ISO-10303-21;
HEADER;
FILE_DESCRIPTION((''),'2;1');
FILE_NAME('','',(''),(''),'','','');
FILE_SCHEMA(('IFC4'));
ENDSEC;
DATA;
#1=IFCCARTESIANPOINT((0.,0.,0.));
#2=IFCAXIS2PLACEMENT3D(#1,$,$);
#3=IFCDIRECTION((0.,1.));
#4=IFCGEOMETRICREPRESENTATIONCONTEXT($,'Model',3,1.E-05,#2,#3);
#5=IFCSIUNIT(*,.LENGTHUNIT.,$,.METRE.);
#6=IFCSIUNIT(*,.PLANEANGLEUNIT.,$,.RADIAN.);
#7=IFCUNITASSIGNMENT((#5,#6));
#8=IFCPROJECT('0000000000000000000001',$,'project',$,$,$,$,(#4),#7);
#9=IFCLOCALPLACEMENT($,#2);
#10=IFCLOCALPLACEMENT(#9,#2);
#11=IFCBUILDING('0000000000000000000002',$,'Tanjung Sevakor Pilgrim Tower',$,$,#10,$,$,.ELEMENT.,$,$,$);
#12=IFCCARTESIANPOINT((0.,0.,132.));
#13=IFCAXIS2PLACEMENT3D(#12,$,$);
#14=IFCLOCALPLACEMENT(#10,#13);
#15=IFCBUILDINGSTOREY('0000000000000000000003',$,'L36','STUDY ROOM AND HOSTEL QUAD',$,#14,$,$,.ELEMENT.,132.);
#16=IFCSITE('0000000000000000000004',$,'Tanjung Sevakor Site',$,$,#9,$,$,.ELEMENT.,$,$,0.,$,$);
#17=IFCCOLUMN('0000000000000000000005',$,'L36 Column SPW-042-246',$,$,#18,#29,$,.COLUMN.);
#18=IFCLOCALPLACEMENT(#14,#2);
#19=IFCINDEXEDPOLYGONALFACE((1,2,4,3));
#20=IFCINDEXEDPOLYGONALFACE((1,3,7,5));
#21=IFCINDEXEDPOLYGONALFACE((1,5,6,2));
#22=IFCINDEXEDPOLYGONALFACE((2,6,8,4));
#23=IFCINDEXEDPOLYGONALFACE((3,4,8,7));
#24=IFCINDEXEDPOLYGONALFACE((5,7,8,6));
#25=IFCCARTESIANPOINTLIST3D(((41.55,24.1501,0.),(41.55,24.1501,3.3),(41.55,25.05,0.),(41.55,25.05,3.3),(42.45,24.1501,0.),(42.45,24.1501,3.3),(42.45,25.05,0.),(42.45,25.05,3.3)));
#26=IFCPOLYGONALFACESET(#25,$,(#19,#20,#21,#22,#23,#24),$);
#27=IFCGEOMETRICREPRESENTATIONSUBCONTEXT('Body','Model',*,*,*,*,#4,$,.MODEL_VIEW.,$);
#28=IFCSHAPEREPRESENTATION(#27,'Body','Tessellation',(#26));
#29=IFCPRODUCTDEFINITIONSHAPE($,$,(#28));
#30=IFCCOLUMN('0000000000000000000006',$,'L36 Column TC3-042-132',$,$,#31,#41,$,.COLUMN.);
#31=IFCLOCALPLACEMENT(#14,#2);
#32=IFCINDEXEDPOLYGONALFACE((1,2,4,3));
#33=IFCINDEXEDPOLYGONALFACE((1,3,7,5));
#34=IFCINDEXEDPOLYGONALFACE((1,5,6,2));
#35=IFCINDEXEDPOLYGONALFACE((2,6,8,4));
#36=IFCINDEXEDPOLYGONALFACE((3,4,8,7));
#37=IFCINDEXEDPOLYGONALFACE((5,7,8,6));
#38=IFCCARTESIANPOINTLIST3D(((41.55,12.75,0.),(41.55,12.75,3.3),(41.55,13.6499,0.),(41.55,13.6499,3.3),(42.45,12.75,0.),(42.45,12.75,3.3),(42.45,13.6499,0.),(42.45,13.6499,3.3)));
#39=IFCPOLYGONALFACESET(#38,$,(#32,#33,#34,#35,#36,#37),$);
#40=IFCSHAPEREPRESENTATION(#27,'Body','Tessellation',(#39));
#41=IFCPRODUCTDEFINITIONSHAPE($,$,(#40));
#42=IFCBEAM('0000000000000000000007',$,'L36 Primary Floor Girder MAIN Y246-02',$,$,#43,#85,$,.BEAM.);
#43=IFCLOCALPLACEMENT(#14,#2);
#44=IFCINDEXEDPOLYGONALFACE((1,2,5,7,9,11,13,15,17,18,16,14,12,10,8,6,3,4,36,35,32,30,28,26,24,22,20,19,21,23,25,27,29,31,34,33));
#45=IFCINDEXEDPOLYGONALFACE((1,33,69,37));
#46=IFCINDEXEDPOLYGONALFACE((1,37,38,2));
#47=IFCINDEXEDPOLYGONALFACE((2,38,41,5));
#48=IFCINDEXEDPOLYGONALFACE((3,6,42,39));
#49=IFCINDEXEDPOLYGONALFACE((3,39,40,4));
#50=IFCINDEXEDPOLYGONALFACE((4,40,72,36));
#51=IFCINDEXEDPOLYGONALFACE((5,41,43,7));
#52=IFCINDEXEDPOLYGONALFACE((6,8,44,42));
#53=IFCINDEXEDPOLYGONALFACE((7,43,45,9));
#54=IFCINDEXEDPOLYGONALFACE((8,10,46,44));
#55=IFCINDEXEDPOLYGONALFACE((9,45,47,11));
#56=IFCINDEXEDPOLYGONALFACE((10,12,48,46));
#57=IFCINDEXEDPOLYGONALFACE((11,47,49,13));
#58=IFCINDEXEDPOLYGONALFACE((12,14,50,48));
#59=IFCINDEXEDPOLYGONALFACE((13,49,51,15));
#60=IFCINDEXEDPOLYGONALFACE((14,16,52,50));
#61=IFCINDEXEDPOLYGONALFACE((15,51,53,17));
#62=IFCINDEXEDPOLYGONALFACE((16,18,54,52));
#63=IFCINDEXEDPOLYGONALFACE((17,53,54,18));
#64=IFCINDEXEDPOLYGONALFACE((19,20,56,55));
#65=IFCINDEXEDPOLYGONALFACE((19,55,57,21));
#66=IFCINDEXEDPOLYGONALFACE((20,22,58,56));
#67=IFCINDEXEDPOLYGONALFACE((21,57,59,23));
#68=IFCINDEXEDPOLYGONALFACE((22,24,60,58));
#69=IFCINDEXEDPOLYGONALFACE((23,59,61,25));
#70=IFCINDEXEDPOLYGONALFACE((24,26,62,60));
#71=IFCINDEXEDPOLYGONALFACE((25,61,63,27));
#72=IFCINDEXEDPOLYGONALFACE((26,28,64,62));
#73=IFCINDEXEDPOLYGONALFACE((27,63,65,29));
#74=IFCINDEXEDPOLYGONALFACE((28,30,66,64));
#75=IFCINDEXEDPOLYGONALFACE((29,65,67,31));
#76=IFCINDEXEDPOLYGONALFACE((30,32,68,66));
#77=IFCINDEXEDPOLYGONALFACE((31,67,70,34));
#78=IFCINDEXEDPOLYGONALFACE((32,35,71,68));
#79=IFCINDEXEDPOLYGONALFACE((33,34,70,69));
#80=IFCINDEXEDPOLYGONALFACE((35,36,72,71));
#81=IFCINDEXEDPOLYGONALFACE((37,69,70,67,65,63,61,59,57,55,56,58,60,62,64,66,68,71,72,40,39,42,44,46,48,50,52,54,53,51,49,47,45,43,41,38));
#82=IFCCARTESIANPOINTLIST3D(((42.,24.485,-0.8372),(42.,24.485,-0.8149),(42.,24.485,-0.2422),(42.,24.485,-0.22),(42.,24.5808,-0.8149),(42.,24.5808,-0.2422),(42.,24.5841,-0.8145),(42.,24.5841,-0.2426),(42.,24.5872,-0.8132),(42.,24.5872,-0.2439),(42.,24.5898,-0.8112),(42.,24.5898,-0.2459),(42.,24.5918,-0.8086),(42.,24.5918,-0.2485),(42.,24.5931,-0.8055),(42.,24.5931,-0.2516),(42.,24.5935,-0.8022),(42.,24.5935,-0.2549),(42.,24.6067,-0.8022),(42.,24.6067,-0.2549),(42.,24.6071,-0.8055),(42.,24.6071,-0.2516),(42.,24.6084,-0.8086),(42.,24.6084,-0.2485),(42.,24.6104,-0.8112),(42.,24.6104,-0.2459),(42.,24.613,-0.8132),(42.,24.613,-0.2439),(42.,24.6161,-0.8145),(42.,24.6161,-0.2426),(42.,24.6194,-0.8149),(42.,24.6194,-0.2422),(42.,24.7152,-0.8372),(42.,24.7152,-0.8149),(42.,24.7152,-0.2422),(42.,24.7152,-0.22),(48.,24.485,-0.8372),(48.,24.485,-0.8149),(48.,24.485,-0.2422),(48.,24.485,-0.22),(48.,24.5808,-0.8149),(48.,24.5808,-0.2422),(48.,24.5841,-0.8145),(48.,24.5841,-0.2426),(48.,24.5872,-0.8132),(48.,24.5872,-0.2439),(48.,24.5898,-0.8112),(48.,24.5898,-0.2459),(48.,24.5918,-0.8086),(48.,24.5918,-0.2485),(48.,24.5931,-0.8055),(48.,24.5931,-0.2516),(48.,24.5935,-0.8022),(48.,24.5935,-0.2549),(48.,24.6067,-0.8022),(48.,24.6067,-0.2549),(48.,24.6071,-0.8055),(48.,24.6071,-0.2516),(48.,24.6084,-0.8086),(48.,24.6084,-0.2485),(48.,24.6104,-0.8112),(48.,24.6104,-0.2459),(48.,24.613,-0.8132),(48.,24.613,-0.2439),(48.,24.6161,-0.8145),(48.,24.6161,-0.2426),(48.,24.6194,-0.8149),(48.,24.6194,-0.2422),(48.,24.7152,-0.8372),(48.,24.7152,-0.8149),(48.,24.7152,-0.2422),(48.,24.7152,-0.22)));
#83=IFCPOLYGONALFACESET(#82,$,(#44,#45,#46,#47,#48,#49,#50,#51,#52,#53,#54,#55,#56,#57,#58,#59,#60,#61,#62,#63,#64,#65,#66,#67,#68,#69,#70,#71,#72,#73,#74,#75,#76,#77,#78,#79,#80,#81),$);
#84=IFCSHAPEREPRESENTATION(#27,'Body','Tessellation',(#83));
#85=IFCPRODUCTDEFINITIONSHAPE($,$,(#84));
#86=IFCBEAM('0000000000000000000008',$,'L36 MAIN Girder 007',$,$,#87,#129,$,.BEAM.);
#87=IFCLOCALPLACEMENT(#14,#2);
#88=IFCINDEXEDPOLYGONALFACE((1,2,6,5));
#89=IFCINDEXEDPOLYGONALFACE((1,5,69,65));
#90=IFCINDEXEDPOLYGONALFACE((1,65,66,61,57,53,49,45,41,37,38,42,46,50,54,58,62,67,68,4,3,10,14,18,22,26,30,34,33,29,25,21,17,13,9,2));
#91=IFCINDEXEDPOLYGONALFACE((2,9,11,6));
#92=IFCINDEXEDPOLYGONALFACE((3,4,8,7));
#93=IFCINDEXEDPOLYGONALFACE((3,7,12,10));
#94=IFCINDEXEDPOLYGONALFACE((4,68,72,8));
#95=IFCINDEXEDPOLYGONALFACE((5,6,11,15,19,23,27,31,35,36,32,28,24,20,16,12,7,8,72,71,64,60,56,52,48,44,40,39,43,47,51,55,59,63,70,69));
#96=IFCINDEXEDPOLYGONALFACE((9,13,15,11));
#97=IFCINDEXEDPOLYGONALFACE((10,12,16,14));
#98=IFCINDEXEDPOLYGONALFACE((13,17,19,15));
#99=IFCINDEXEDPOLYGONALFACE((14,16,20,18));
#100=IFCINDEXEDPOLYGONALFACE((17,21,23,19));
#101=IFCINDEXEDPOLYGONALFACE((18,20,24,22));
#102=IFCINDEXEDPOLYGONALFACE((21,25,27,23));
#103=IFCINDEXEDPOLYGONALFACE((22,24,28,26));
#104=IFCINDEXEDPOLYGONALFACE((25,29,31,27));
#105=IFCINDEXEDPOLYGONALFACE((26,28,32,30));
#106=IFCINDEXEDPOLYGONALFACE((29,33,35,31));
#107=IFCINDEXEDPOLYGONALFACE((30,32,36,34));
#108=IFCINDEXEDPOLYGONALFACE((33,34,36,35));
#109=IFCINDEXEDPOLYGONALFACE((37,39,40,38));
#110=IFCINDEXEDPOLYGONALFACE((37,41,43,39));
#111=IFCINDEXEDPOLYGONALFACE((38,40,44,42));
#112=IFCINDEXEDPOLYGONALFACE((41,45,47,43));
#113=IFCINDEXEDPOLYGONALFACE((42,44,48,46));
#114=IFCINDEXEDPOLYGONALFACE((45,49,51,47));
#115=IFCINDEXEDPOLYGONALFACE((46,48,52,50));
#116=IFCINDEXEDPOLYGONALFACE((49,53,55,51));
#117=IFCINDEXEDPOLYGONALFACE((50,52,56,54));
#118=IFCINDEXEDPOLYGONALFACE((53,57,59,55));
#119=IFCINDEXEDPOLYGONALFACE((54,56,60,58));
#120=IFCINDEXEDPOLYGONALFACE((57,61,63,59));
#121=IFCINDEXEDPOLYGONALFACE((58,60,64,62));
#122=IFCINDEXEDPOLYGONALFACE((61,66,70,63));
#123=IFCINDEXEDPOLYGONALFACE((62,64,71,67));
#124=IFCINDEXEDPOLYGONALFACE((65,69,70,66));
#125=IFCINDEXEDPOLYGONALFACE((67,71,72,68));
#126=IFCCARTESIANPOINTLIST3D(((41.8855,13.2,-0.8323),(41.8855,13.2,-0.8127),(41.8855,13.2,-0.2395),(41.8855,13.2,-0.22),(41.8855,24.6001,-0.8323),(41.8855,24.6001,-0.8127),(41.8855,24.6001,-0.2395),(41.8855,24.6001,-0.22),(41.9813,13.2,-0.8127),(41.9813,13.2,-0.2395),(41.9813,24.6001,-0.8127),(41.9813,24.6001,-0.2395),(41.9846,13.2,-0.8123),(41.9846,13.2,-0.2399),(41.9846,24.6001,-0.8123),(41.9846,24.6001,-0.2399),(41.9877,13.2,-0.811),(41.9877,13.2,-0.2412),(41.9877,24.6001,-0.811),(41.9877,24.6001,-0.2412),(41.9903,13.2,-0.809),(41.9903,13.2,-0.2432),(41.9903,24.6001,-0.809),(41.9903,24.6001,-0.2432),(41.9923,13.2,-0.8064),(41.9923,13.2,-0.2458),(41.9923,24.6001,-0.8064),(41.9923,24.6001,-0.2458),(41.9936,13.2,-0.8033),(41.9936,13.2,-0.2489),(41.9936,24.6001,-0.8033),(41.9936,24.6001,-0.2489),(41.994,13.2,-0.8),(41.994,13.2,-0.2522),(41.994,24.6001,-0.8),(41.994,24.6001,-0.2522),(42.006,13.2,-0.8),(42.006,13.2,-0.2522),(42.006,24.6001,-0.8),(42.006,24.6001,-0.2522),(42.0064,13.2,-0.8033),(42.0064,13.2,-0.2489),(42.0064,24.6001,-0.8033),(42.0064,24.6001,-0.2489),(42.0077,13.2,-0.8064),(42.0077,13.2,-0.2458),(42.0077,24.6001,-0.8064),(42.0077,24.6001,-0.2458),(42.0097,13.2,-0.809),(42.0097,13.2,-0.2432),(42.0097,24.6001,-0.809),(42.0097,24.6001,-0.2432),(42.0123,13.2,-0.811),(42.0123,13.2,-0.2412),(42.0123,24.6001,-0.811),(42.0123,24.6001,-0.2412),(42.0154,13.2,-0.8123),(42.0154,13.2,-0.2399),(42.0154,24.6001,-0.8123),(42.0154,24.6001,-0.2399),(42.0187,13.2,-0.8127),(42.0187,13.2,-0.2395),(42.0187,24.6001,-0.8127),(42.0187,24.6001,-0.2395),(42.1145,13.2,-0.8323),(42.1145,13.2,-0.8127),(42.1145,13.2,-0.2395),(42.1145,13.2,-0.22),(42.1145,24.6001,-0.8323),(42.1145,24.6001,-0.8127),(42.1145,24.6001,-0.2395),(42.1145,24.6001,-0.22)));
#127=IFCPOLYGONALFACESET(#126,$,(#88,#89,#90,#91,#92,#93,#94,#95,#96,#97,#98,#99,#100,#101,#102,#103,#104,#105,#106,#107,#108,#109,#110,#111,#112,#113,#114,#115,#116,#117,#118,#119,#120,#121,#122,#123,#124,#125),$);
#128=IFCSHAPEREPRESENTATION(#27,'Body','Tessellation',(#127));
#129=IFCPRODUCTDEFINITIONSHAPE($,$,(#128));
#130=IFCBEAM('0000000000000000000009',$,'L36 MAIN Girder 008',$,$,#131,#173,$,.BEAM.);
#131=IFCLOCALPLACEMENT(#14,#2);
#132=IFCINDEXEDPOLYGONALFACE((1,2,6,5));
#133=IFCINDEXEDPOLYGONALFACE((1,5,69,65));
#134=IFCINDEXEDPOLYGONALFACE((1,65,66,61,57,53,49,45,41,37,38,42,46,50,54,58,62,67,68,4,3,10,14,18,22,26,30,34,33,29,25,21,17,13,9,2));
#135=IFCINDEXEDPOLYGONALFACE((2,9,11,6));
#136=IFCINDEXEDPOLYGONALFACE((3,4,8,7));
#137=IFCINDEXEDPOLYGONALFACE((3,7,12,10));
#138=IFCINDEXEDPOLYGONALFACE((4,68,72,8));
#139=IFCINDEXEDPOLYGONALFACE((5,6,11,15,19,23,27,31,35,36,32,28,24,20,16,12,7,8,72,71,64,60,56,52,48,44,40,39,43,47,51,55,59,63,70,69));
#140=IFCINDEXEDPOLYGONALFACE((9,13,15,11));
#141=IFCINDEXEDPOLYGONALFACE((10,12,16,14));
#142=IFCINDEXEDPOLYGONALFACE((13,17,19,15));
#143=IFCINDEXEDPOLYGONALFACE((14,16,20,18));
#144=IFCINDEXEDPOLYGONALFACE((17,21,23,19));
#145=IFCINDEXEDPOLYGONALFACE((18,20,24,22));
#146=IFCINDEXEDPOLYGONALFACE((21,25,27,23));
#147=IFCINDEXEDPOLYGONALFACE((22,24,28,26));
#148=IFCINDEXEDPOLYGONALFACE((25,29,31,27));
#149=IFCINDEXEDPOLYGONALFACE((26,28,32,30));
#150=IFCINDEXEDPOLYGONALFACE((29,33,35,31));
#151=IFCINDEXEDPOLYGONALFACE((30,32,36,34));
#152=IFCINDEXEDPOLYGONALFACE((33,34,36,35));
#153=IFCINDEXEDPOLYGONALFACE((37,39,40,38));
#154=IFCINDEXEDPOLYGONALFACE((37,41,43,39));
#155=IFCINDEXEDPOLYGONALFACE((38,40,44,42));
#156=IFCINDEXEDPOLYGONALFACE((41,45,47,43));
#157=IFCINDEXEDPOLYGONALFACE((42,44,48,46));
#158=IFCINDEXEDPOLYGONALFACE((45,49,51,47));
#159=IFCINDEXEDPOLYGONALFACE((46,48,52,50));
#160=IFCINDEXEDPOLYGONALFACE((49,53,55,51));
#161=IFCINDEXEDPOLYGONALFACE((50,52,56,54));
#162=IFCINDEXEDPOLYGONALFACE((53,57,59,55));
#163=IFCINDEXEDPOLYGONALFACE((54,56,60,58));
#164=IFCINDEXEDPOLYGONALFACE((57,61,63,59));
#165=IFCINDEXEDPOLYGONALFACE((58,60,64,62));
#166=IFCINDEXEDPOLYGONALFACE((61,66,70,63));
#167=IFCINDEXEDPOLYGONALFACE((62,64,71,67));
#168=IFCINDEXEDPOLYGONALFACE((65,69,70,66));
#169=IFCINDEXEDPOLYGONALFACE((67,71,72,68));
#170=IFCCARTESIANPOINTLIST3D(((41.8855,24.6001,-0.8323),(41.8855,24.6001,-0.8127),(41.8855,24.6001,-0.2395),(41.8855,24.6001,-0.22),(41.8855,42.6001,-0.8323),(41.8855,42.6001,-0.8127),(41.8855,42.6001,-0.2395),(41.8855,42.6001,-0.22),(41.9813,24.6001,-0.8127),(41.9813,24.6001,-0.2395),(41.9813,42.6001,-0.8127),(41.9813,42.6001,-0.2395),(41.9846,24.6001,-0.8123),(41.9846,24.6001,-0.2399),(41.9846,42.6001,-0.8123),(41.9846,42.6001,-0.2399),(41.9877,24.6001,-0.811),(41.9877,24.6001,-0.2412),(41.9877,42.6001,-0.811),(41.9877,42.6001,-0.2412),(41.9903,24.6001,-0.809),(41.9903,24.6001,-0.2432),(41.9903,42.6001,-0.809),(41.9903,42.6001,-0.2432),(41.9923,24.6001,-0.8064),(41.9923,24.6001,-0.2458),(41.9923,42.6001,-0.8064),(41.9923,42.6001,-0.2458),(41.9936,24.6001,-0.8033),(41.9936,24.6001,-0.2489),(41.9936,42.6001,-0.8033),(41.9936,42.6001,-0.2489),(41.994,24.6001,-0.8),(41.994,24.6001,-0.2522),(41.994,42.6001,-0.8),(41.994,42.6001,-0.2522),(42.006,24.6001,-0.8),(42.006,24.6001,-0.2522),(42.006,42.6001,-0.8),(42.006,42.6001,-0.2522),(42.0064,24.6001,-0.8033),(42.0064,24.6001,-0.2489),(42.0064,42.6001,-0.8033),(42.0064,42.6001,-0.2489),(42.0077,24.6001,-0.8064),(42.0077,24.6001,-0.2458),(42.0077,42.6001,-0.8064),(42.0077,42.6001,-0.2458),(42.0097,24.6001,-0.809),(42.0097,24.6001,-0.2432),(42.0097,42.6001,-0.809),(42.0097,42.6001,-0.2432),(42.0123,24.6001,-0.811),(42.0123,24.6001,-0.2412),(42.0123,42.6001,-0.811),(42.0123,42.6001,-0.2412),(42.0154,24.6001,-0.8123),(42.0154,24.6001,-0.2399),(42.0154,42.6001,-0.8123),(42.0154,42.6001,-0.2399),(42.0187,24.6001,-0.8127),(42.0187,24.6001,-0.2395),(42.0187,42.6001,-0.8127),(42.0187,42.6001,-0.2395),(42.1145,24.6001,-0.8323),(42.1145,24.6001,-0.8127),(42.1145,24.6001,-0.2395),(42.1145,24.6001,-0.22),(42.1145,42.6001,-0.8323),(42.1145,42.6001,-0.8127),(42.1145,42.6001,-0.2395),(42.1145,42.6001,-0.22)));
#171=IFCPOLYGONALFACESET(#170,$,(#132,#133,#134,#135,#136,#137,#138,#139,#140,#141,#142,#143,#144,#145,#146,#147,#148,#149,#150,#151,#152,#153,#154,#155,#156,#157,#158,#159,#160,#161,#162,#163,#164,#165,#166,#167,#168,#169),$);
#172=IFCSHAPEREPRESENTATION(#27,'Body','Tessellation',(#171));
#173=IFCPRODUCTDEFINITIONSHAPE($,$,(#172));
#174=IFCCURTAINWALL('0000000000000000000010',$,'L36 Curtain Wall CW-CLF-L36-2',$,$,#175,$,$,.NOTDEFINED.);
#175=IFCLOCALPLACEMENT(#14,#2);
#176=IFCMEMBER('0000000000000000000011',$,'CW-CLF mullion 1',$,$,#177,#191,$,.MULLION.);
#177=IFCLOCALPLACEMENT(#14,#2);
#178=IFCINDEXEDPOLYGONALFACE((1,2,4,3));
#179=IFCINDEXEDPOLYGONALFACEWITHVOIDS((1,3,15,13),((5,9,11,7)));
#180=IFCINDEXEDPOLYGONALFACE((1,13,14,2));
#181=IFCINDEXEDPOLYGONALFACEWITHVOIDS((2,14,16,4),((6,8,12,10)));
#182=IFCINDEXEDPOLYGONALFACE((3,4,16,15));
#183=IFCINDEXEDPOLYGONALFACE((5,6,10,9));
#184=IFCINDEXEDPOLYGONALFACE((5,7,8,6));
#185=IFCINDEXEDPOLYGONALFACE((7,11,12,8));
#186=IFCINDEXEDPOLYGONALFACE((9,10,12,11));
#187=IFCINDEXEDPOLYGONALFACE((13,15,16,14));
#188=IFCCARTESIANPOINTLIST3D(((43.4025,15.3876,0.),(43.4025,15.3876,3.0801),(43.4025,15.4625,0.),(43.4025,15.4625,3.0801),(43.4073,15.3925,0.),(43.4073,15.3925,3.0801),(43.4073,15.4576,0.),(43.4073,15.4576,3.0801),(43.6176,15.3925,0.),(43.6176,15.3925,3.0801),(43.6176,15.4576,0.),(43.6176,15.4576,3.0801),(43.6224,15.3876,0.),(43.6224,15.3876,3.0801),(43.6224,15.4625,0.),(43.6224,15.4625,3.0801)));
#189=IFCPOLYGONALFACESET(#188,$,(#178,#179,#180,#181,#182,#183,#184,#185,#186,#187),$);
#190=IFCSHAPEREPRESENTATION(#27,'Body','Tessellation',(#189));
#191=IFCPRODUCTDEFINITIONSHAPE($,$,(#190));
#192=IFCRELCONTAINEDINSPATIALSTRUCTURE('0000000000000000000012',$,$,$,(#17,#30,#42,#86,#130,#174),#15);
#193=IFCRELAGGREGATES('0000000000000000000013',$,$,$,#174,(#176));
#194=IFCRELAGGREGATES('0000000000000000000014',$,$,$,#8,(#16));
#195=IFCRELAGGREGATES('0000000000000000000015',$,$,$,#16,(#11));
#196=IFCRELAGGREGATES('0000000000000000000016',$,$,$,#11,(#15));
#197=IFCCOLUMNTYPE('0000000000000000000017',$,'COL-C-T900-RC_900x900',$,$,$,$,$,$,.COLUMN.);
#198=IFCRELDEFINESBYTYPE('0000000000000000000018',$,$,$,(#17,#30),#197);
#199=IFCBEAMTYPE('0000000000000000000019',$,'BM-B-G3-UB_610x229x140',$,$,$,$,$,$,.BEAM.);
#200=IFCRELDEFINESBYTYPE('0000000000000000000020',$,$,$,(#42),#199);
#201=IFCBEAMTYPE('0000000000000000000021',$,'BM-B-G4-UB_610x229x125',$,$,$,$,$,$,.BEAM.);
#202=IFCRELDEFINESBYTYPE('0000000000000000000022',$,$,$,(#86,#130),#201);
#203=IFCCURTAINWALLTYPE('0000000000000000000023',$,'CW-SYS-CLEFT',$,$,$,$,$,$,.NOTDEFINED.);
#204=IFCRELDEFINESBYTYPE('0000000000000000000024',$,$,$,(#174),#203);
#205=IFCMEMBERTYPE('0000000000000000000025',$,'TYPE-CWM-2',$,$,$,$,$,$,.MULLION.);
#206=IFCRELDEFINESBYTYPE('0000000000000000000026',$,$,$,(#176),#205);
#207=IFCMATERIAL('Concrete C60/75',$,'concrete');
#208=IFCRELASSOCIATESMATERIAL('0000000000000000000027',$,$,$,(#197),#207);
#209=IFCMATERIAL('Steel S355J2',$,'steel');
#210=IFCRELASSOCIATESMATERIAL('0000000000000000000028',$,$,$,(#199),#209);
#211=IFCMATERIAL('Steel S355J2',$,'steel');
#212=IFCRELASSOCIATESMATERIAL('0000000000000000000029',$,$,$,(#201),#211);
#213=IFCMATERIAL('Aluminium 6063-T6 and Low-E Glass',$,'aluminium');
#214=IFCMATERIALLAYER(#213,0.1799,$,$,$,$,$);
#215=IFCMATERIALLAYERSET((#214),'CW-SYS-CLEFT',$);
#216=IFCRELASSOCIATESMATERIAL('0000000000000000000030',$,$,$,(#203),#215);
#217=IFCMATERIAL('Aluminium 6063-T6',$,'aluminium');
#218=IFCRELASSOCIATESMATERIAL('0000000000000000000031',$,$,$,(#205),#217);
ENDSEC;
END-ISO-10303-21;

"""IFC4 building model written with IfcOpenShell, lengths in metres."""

from ifc_helpers import new_model, si_unit, direction, frame, origin, origin_2d, place, context, subcontext, project, spatial, rectangle, hollow_rectangle, i_section, extrude, material, layer, layer_set, material_profile, profile_set, type_object, element, aggregate, save


model = new_model("IFC4")

# Units and contexts
model_context = context("Model", 3, precision=1e-05, world=origin(), true_north=direction((0.0, 1.0)))
body_context = subcontext(model_context, "Body", "Model", "MODEL_VIEW")
ifc_project = project(units=[si_unit("LENGTHUNIT", "METRE"), si_unit("PLANEANGLEUNIT", "RADIAN")], contexts=[model_context])

# Site, building, storey
site_placement = place(None, origin())
site = spatial("IfcSite", under=ifc_project, at=site_placement, Name="Tanjung Sevakor Site", CompositionType="ELEMENT", RefElevation=0.0)
building_placement = place(site_placement, origin())
building = spatial("IfcBuilding", under=site, at=building_placement, Name="Tanjung Sevakor Pilgrim Tower", CompositionType="ELEMENT")
storey_placement = place(building_placement, frame((0.0, 0.0, 132.0)))
storey = spatial("IfcBuildingStorey", under=building, at=storey_placement, Name="L36", Description="STUDY ROOM AND HOSTEL QUAD", CompositionType="ELEMENT", Elevation=132.0)

# Columns
ifc_material_1 = material(Name="Concrete C60/75", Category="concrete")
ifc_material_profile_1 = material_profile(ifc_material_1, rectangle(XDim=0.8999, YDim=0.8999, at=origin_2d()))
ifc_profile_set_1 = profile_set([ifc_material_profile_1], Name="Concrete C60/75")
column_type = type_object("IfcColumnType", Name="COL-C-T900-RC_900x900", PredefinedType="COLUMN", material=ifc_profile_set_1)
for number, where, z_axis, x_axis, name in (
    (1, (42.0, 24.6001, 0.0), (0.0, 0.0, 1.0), (1.0, 0.0, 0.0), "L36 Column SPW-042-246"),
    (2, (42.0, 13.2, 0.0), (0.0, 0.0, 1.0), (1.0, 0.0, 0.0), "L36 Column TC3-042-132"),
):
    element("IfcColumn", number, at=place(storey_placement, frame(where, z_axis=z_axis, x_axis=x_axis)), inside=storey, type_object=column_type, Name=name, PredefinedType="COLUMN", context=body_context, shape_type="SweptSolid", body=[
        extrude(rectangle(XDim=0.8999, YDim=0.8999, at=origin_2d()), origin(), (0.0, 0.0, 1.0), 3.3),
    ])

# Beams
ifc_material_2 = material(Name="Steel S355J2", Category="steel")
ifc_material_profile_2 = material_profile(ifc_material_2, i_section(OverallWidth=0.2302, OverallDepth=0.6172, WebThickness=0.0132, FlangeThickness=0.0222, FilletRadius=0.0127, at=origin_2d()))
ifc_profile_set_2 = profile_set([ifc_material_profile_2], Name="Steel S355J2")
beam_type_1 = type_object("IfcBeamType", Name="BM-B-G3-UB_610x229x140", PredefinedType="BEAM", material=ifc_profile_set_2)
beam_1_placement = place(storey_placement, frame((42.0, 24.6001, -0.5286), z_axis=(1.0, 0.0, 0.0), x_axis=(0.0, 1.0, 0.0)))
element("IfcBeam", 3, at=beam_1_placement, inside=storey, type_object=beam_type_1, Name="L36 Primary Floor Girder MAIN Y246-02", PredefinedType="BEAM", context=body_context, shape_type="SweptSolid", body=[
    extrude(i_section(OverallWidth=0.2302, OverallDepth=0.6172, WebThickness=0.0132, FlangeThickness=0.0222, FilletRadius=0.0127, at=origin_2d()), origin(), (0.0, 0.0, 1.0), 6.0),
])
ifc_material_3 = material(Name="Steel S355J2", Category="steel")
ifc_material_profile_3 = material_profile(ifc_material_3, i_section(OverallWidth=0.229, OverallDepth=0.6123, WebThickness=0.012, FlangeThickness=0.0195, FilletRadius=0.0127, at=origin_2d()))
ifc_profile_set_3 = profile_set([ifc_material_profile_3], Name="Steel S355J2")
beam_type_2 = type_object("IfcBeamType", Name="BM-B-G4-UB_610x229x125", PredefinedType="BEAM", material=ifc_profile_set_3)
beam_2_placement = place(storey_placement, frame((42.0, 13.2, -0.5261), z_axis=(0.0, 1.0, 0.0), x_axis=(-1.0, 0.0, 0.0)))
element("IfcBeam", 4, at=beam_2_placement, inside=storey, type_object=beam_type_2, Name="L36 MAIN Girder 007", PredefinedType="BEAM", context=body_context, shape_type="SweptSolid", body=[
    extrude(i_section(OverallWidth=0.229, OverallDepth=0.6123, WebThickness=0.012, FlangeThickness=0.0195, FilletRadius=0.0127, at=origin_2d()), origin(), (0.0, 0.0, 1.0), 11.4001),
])
beam_3_placement = place(storey_placement, frame((42.0, 24.6001, -0.5261), z_axis=(0.0, 1.0, 0.0), x_axis=(-1.0, 0.0, 0.0)))
element("IfcBeam", 5, at=beam_3_placement, inside=storey, type_object=beam_type_2, Name="L36 MAIN Girder 008", PredefinedType="BEAM", context=body_context, shape_type="SweptSolid", body=[
    extrude(i_section(OverallWidth=0.229, OverallDepth=0.6123, WebThickness=0.012, FlangeThickness=0.0195, FilletRadius=0.0127, at=origin_2d()), origin(), (0.0, 0.0, 1.0), 18.0),
])

# Curtain wall, member
ifc_material_4 = material(Name="Aluminium 6063-T6 and Low-E Glass", Category="aluminium")
ifc_layer_1 = layer(ifc_material_4, 0.1799)
ifc_layer_set_1 = layer_set([ifc_layer_1], Name="CW-SYS-CLEFT")
curtain_wall_type = type_object("IfcCurtainWallType", Name="CW-SYS-CLEFT", PredefinedType="NOTDEFINED", material=ifc_layer_set_1)
curtain_wall_placement = place(storey_placement, origin())
curtain_wall = element("IfcCurtainWall", 6, at=curtain_wall_placement, inside=storey, type_object=curtain_wall_type, Name="L36 Curtain Wall CW-CLF-L36-2", PredefinedType="NOTDEFINED")
ifc_material_5 = material(Name="Aluminium 6063-T6", Category="aluminium")
ifc_material_profile_4 = material_profile(ifc_material_5, hollow_rectangle(XDim=0.075, YDim=0.22, WallThickness=0.0049, at=origin_2d()))
ifc_profile_set_4 = profile_set([ifc_material_profile_4], Name="Aluminium 6063-T6")
member_type_1 = type_object("IfcMemberType", Name="TYPE-CWM-2", PredefinedType="MULLION", material=ifc_profile_set_4)
member_1_placement = place(storey_placement, frame((43.5125, 15.425, 0.0), z_axis=(0.0, 0.0, 1.0), x_axis=(0.0, 1.0, 0.0)))
member_1 = element("IfcMember", 7, at=member_1_placement, type_object=member_type_1, Name="CW-CLF mullion 1", PredefinedType="MULLION", context=body_context, shape_type="SweptSolid", body=[
    extrude(hollow_rectangle(XDim=0.075, YDim=0.22, WallThickness=0.0049, at=origin_2d()), origin(), (0.0, 0.0, 1.0), 3.0801),
])
aggregate(curtain_wall, [member_1])

save(model, "model.ifc")
